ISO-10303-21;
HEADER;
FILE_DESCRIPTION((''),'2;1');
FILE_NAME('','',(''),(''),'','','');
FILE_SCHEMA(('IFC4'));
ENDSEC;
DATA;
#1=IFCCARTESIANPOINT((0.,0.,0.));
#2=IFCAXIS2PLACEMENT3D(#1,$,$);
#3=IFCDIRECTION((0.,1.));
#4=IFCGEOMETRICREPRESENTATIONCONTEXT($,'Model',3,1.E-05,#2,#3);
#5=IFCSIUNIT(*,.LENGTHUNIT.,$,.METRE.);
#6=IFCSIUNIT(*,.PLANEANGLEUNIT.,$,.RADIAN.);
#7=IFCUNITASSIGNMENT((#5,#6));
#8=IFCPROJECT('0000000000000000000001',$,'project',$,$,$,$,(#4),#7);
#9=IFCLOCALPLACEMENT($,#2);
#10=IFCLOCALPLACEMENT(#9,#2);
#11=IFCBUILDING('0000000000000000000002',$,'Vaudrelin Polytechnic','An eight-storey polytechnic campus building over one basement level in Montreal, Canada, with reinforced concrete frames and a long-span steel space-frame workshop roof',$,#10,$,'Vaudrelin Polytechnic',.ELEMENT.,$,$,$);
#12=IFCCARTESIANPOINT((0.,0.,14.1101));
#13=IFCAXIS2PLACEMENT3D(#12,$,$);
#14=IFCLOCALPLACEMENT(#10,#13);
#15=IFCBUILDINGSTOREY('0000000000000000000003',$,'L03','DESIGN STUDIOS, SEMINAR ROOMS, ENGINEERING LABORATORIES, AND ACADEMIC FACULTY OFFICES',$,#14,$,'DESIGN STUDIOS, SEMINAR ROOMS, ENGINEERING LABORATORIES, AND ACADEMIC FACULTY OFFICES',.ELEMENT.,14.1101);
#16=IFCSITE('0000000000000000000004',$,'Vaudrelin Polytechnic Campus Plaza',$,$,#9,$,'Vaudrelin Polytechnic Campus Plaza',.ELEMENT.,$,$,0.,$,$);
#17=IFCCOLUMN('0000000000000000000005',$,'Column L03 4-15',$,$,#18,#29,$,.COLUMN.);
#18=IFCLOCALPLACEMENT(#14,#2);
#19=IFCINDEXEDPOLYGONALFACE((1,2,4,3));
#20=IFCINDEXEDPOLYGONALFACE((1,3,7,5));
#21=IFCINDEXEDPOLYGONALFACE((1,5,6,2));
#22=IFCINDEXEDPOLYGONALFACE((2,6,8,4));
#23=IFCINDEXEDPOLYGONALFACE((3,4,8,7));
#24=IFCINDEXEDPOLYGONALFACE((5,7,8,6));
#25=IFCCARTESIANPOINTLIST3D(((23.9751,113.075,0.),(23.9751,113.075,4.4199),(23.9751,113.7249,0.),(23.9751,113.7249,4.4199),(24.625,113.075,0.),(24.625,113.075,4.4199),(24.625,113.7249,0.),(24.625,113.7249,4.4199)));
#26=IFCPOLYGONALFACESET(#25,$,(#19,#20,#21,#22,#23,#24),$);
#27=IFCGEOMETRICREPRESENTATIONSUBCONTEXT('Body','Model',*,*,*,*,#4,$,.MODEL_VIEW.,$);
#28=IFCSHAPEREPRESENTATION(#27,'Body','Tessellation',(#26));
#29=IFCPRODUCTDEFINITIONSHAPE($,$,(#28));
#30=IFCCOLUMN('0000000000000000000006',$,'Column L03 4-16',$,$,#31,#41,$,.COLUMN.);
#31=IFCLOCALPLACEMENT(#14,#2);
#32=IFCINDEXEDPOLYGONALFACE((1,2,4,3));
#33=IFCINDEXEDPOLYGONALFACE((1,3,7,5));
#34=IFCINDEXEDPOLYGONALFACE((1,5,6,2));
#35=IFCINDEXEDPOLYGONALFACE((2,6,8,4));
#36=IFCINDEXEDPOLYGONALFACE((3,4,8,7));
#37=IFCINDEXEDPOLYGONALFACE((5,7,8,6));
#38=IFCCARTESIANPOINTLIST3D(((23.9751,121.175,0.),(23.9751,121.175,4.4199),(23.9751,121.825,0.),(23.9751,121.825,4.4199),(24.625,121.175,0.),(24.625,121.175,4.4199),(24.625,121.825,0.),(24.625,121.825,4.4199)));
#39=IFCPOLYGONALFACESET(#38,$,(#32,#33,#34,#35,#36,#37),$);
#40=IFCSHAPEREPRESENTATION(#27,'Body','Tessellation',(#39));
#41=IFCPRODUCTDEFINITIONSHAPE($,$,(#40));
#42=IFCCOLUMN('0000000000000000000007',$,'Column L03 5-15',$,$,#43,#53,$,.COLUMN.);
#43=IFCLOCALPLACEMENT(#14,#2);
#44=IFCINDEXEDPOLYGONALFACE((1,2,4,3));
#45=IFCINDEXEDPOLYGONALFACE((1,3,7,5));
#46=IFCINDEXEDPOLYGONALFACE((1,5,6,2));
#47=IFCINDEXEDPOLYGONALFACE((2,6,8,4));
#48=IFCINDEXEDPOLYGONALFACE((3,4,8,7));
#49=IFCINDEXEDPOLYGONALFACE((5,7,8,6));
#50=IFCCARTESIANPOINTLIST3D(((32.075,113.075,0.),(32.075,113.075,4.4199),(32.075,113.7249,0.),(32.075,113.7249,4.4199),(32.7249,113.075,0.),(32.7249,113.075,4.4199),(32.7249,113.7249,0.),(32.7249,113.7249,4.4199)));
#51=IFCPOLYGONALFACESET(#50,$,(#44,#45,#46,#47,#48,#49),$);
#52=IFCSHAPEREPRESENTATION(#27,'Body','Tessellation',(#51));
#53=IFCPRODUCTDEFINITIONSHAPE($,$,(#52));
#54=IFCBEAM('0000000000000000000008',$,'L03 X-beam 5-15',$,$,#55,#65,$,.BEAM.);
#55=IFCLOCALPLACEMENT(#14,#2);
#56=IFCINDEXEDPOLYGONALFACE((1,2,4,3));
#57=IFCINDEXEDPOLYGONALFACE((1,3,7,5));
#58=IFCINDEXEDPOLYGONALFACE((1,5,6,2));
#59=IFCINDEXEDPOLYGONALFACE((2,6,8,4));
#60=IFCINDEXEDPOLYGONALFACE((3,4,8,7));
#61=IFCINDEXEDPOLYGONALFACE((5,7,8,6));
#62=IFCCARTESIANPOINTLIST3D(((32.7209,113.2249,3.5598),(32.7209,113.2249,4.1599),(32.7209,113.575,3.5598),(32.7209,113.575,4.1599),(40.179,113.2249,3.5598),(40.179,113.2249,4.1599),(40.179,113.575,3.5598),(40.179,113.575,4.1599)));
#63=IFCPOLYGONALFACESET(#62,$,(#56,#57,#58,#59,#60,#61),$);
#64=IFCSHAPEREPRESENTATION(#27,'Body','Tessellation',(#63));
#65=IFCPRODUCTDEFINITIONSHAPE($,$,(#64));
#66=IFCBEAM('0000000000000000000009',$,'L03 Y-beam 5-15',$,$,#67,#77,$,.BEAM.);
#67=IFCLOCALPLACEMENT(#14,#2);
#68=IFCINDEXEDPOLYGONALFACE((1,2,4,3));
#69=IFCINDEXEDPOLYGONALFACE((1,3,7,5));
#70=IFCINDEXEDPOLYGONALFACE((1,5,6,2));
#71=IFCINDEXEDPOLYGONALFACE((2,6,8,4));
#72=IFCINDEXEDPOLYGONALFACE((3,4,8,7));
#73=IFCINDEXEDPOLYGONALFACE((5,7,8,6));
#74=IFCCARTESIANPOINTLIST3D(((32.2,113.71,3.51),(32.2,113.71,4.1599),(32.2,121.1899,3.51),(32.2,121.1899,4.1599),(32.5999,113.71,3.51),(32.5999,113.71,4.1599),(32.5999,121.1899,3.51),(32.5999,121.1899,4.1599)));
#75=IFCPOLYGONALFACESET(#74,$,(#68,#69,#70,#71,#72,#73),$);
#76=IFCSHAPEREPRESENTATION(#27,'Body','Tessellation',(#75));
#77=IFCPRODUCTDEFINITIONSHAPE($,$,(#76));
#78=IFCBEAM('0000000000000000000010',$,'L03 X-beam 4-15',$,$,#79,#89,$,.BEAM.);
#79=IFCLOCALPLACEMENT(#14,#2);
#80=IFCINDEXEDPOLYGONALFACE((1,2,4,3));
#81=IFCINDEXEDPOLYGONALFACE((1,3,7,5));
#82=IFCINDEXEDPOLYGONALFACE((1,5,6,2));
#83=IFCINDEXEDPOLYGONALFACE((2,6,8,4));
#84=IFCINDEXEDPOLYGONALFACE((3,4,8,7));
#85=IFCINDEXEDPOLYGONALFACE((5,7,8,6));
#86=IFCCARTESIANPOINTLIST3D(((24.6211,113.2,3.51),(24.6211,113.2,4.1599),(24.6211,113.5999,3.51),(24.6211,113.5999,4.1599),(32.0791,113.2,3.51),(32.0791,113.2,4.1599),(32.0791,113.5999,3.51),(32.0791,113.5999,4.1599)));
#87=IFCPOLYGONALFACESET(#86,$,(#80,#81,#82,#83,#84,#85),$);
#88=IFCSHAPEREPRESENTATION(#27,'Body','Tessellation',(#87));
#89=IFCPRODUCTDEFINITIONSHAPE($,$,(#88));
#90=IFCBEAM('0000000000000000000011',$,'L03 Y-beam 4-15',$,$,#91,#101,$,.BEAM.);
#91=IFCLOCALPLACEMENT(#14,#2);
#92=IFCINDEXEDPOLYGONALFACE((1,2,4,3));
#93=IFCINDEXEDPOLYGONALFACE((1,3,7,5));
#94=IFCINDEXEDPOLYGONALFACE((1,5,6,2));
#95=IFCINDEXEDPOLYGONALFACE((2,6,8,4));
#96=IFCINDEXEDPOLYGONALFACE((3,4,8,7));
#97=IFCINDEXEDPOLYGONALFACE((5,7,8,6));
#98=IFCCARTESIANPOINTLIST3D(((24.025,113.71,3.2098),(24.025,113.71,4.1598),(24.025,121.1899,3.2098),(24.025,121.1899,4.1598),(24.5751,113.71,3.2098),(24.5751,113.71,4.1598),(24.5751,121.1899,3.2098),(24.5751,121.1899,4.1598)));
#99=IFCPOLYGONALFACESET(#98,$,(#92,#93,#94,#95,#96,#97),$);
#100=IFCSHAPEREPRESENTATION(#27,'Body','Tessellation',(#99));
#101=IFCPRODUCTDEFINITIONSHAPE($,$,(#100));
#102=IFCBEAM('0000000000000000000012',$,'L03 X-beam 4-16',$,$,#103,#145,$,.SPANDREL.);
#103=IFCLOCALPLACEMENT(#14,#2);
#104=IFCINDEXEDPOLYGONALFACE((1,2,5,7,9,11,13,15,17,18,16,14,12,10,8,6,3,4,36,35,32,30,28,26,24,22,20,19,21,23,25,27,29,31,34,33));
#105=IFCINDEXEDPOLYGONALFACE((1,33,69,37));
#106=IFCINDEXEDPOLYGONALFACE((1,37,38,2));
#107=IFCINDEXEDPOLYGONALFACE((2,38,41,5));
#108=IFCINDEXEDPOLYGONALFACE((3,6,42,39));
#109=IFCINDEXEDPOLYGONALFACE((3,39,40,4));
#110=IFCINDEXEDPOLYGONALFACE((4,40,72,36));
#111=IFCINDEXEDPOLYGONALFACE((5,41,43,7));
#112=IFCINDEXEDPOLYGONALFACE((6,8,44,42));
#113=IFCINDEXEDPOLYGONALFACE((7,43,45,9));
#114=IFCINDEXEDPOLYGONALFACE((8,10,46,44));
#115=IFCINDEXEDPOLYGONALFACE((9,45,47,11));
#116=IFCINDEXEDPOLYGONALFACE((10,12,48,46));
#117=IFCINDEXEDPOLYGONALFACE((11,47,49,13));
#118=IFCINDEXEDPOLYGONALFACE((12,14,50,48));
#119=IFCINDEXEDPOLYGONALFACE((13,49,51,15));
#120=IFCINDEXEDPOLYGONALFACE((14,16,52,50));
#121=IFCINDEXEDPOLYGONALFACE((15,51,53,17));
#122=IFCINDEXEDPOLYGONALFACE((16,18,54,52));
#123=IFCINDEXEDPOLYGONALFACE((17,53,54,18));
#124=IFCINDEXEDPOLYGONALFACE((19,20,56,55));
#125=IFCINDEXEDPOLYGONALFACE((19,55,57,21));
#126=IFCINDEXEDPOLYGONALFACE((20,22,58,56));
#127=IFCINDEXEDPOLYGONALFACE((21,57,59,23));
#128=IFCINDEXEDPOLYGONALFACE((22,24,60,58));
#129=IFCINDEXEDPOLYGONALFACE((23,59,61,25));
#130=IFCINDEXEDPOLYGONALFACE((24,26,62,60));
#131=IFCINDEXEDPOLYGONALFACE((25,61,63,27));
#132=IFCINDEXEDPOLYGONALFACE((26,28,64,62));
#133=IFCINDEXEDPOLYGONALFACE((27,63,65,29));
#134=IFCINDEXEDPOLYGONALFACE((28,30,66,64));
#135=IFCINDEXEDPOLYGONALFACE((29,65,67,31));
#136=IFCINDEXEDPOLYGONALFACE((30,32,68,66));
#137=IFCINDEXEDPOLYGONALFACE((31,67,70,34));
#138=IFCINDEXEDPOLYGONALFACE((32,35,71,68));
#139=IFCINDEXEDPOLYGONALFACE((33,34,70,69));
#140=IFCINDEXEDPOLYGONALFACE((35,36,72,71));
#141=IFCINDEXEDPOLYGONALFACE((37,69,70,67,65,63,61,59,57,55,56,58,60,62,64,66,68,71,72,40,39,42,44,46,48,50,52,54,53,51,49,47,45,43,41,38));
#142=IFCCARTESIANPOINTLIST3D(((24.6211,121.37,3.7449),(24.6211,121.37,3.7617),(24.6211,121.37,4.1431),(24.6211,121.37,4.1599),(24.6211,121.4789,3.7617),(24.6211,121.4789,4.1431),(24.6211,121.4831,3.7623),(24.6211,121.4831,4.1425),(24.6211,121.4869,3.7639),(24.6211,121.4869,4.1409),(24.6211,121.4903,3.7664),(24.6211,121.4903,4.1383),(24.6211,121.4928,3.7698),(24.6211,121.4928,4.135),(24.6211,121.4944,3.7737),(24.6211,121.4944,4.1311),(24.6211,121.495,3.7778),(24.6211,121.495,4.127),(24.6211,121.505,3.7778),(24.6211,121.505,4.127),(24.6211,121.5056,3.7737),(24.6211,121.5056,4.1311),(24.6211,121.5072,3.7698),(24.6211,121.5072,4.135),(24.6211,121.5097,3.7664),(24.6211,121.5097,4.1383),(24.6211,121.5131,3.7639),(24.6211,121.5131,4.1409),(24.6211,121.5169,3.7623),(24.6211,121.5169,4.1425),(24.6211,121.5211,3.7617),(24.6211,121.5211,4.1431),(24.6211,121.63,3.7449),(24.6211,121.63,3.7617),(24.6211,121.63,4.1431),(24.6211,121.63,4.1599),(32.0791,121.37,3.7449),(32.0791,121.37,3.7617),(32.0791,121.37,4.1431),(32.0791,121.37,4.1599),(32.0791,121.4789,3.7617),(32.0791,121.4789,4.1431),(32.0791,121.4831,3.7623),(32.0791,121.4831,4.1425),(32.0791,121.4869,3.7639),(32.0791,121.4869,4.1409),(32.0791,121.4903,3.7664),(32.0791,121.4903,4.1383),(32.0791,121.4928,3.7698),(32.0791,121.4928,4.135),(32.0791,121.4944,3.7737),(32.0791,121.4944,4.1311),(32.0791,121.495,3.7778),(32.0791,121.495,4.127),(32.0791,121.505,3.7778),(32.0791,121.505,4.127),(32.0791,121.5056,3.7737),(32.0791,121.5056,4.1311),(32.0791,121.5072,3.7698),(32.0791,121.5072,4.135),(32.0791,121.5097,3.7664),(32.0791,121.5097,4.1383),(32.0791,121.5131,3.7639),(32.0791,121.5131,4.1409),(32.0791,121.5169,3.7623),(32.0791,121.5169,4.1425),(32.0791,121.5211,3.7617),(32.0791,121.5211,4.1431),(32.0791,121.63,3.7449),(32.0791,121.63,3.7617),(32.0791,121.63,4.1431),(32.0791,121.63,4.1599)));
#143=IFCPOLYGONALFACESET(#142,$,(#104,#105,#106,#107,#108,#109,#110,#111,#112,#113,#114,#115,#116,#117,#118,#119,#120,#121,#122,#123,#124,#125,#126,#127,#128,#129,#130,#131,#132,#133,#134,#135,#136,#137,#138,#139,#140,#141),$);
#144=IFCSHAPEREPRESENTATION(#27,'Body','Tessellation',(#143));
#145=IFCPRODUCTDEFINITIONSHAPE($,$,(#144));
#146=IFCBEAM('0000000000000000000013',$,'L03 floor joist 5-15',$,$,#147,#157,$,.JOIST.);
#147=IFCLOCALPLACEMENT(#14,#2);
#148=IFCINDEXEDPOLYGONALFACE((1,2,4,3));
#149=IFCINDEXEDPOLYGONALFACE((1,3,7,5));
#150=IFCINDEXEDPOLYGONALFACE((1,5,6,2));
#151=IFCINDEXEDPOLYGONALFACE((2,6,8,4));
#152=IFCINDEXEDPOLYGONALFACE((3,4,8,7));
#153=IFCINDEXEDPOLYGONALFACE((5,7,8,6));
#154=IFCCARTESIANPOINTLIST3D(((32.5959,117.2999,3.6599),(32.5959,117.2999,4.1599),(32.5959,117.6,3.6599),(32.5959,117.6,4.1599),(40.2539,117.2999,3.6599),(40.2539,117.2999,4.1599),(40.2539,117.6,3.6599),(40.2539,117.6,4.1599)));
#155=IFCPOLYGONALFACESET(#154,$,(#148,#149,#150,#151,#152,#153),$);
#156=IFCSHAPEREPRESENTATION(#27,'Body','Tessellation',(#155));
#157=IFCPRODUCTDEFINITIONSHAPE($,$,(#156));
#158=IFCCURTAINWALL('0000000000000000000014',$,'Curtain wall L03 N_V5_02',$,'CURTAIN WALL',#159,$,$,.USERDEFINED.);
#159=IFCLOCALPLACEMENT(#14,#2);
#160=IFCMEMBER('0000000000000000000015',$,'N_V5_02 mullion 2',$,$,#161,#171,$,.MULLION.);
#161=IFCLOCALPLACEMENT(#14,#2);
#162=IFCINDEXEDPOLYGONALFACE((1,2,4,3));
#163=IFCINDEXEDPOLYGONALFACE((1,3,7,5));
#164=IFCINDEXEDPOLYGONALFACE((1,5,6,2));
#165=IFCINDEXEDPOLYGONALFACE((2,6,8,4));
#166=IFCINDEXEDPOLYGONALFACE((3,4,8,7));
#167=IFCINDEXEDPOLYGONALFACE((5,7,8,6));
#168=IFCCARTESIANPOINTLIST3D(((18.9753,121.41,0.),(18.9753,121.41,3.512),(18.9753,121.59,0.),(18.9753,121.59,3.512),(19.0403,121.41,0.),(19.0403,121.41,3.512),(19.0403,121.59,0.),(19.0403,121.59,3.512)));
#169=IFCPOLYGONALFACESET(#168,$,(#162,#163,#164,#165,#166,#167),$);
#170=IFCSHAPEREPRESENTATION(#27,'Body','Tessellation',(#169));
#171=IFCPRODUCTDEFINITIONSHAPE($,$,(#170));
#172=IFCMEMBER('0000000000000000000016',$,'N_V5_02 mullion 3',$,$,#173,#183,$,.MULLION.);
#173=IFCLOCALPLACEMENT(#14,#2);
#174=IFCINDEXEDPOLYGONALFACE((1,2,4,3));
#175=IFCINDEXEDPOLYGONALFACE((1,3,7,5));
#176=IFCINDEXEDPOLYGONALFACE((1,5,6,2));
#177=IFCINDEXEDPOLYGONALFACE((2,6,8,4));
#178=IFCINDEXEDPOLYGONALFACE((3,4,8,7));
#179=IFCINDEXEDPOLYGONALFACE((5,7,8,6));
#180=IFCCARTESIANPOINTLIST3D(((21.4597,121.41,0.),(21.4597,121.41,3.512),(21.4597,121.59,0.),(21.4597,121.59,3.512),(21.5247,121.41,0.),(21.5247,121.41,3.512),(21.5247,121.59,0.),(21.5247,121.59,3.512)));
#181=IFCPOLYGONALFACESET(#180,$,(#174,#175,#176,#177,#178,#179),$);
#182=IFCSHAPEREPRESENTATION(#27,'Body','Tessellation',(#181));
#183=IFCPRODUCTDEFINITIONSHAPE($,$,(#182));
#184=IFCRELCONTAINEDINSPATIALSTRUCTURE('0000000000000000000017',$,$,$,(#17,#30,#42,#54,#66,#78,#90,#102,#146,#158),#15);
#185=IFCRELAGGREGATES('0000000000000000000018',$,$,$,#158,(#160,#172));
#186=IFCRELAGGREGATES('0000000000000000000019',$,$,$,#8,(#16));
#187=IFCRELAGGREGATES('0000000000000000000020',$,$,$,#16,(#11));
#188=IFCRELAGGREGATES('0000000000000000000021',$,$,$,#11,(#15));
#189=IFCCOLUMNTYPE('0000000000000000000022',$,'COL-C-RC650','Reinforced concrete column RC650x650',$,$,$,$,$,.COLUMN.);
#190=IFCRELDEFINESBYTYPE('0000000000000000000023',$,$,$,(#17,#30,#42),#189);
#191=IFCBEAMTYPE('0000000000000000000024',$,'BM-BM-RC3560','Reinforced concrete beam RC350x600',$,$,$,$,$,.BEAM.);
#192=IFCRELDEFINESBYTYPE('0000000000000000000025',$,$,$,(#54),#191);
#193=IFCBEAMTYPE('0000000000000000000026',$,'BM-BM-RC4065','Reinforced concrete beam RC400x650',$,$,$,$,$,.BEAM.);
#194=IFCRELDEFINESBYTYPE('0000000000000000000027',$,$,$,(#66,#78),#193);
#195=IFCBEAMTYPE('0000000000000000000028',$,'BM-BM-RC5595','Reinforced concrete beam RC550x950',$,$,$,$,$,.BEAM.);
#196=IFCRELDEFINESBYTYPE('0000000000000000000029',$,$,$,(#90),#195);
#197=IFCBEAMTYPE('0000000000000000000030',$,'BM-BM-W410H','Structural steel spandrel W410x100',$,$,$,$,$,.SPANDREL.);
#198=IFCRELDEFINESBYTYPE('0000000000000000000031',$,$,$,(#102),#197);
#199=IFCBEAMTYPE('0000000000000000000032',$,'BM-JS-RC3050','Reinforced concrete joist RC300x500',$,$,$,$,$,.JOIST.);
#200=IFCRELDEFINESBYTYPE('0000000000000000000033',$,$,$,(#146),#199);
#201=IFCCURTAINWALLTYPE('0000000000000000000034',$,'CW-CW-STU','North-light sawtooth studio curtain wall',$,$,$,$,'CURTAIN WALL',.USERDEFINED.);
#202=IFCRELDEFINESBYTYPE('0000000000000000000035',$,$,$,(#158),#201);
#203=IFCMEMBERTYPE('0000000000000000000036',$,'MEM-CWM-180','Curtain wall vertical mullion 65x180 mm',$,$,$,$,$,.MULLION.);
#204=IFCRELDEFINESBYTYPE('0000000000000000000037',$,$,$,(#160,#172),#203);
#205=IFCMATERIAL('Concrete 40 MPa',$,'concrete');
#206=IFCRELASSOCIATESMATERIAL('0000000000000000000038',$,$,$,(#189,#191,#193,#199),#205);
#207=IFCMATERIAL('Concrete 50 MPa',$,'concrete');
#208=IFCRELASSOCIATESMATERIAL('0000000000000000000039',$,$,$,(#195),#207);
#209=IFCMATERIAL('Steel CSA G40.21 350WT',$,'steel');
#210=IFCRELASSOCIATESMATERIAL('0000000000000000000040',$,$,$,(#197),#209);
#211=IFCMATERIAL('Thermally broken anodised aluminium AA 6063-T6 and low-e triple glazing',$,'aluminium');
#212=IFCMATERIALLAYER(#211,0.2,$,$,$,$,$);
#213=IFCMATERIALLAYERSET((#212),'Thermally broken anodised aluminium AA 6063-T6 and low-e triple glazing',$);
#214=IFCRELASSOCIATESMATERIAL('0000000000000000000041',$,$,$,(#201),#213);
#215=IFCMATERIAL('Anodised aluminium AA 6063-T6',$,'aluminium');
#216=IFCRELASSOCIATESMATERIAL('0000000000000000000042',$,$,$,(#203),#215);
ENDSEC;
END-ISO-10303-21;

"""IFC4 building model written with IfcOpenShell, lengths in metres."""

from ifc_helpers import new_model, si_unit, direction, frame, origin, origin_2d, place, context, subcontext, project, spatial, rectangle, i_section, extrude, material, layer, layer_set, material_profile, profile_set, type_object, element, aggregate, save


model = new_model("IFC4")

# Units and contexts
model_context = context("Model", 3, precision=1e-05, world=origin(), true_north=direction((0.0, 1.0)))
body_context = subcontext(model_context, "Body", "Model", "MODEL_VIEW")
ifc_project = project(units=[si_unit("LENGTHUNIT", "METRE"), si_unit("PLANEANGLEUNIT", "RADIAN")], contexts=[model_context])

# Site, building, storey
site_placement = place(None, origin())
site = spatial("IfcSite", under=ifc_project, at=site_placement, Name="Vaudrelin Polytechnic Campus Plaza", LongName="Vaudrelin Polytechnic Campus Plaza", CompositionType="ELEMENT", RefElevation=0.0)
building_placement = place(site_placement, origin())
building = spatial("IfcBuilding", under=site, at=building_placement, Name="Vaudrelin Polytechnic", Description="An eight-storey polytechnic campus building over one basement level in Montreal, Canada, with reinforced concrete frames and a long-span steel space-frame workshop roof", LongName="Vaudrelin Polytechnic", CompositionType="ELEMENT")
storey_placement = place(building_placement, frame((0.0, 0.0, 14.1101)))
storey = spatial("IfcBuildingStorey", under=building, at=storey_placement, Name="L03", Description="DESIGN STUDIOS, SEMINAR ROOMS, ENGINEERING LABORATORIES, AND ACADEMIC FACULTY OFFICES", LongName="DESIGN STUDIOS, SEMINAR ROOMS, ENGINEERING LABORATORIES, AND ACADEMIC FACULTY OFFICES", CompositionType="ELEMENT", Elevation=14.1101)

# Columns
ifc_material_1 = material(Name="Concrete 40 MPa", Category="concrete")
ifc_material_profile_1 = material_profile(ifc_material_1, rectangle(XDim=0.6499, YDim=0.6499, at=origin_2d()), Name="RC650x650")
ifc_profile_set_1 = profile_set([ifc_material_profile_1], Name="Concrete 40 MPa")
column_type = type_object("IfcColumnType", Name="COL-C-RC650", Description="Reinforced concrete column RC650x650", PredefinedType="COLUMN", material=ifc_profile_set_1)
for number, where, z_axis, x_axis, name in (
    (1, (24.3, 113.3999, 0.0), (0.0, 0.0, 1.0), (1.0, 0.0, 0.0), "Column L03 4-15"),
    (2, (24.3, 121.5, 0.0), (0.0, 0.0, 1.0), (1.0, 0.0, 0.0), "Column L03 4-16"),
    (3, (32.3999, 113.3999, 0.0), (0.0, 0.0, 1.0), (1.0, 0.0, 0.0), "Column L03 5-15"),
):
    element("IfcColumn", number, at=place(storey_placement, frame(where, z_axis=z_axis, x_axis=x_axis)), inside=storey, type_object=column_type, Name=name, PredefinedType="COLUMN", context=body_context, shape_type="SweptSolid", body=[
        extrude(rectangle(XDim=0.6499, YDim=0.6499, at=origin_2d()), origin(), (0.0, 0.0, 1.0), 4.4199),
    ])

# Beams
ifc_material_profile_2 = material_profile(ifc_material_1, rectangle(XDim=0.3501, YDim=0.6001, at=origin_2d()), Name="RC350x600")
ifc_profile_set_2 = profile_set([ifc_material_profile_2], Name="Concrete 40 MPa")
beam_type_1 = type_object("IfcBeamType", Name="BM-BM-RC3560", Description="Reinforced concrete beam RC350x600", PredefinedType="BEAM", material=ifc_profile_set_2)
beam_1_placement = place(storey_placement, frame((32.7209, 113.3999, 3.8599), z_axis=(1.0, 0.0, 0.0), x_axis=(0.0, 1.0, 0.0)))
element("IfcBeam", 4, at=beam_1_placement, inside=storey, type_object=beam_type_1, Name="L03 X-beam 5-15", PredefinedType="BEAM", context=body_context, shape_type="SweptSolid", body=[
    extrude(rectangle(XDim=0.3501, YDim=0.6001, at=origin_2d()), origin(), (0.0, 0.0, 1.0), 7.458),
])
ifc_material_profile_3 = material_profile(ifc_material_1, rectangle(XDim=0.3999, YDim=0.6499, at=origin_2d()), Name="RC400x650")
ifc_profile_set_3 = profile_set([ifc_material_profile_3], Name="Concrete 40 MPa")
beam_type_2 = type_object("IfcBeamType", Name="BM-BM-RC4065", Description="Reinforced concrete beam RC400x650", PredefinedType="BEAM", material=ifc_profile_set_3)
beam_2_placement = place(storey_placement, frame((32.3999, 113.71, 3.835), z_axis=(0.0, 1.0, 0.0), x_axis=(-1.0, 0.0, 0.0)))
element("IfcBeam", 5, at=beam_2_placement, inside=storey, type_object=beam_type_2, Name="L03 Y-beam 5-15", PredefinedType="BEAM", context=body_context, shape_type="SweptSolid", body=[
    extrude(rectangle(XDim=0.3999, YDim=0.6499, at=origin_2d()), origin(), (0.0, 0.0, 1.0), 7.48),
])
beam_3_placement = place(storey_placement, frame((24.6211, 113.3999, 3.835), z_axis=(1.0, 0.0, 0.0), x_axis=(0.0, 1.0, 0.0)))
element("IfcBeam", 6, at=beam_3_placement, inside=storey, type_object=beam_type_2, Name="L03 X-beam 4-15", PredefinedType="BEAM", context=body_context, shape_type="SweptSolid", body=[
    extrude(rectangle(XDim=0.3999, YDim=0.6499, at=origin_2d()), origin(), (0.0, 0.0, 1.0), 7.458),
])
ifc_material_2 = material(Name="Concrete 50 MPa", Category="concrete")
ifc_material_profile_4 = material_profile(ifc_material_2, rectangle(XDim=0.55, YDim=0.95, at=origin_2d()), Name="RC550x950")
ifc_profile_set_4 = profile_set([ifc_material_profile_4], Name="Concrete 50 MPa")
beam_type_3 = type_object("IfcBeamType", Name="BM-BM-RC5595", Description="Reinforced concrete beam RC550x950", PredefinedType="BEAM", material=ifc_profile_set_4)
beam_4_placement = place(storey_placement, frame((24.3, 113.71, 3.6848), z_axis=(0.0, 1.0, 0.0), x_axis=(-1.0, 0.0, 0.0)))
element("IfcBeam", 7, at=beam_4_placement, inside=storey, type_object=beam_type_3, Name="L03 Y-beam 4-15", PredefinedType="BEAM", context=body_context, shape_type="SweptSolid", body=[
    extrude(rectangle(XDim=0.55, YDim=0.95, at=origin_2d()), origin(), (0.0, 0.0, 1.0), 7.48),
])
ifc_material_3 = material(Name="Steel CSA G40.21 350WT", Category="steel")
ifc_material_profile_5 = material_profile(ifc_material_3, i_section(OverallWidth=0.26, OverallDepth=0.415, WebThickness=0.01, FlangeThickness=0.0168, FilletRadius=0.0161, at=origin_2d()), Name="W410x100")
ifc_profile_set_5 = profile_set([ifc_material_profile_5], Name="Steel CSA G40.21 350WT")
beam_type_4 = type_object("IfcBeamType", Name="BM-BM-W410H", Description="Structural steel spandrel W410x100", PredefinedType="SPANDREL", material=ifc_profile_set_5)
beam_5_placement = place(storey_placement, frame((24.6211, 121.5, 3.9524), z_axis=(1.0, 0.0, 0.0), x_axis=(0.0, 1.0, 0.0)))
element("IfcBeam", 8, at=beam_5_placement, inside=storey, type_object=beam_type_4, Name="L03 X-beam 4-16", PredefinedType="SPANDREL", context=body_context, shape_type="SweptSolid", body=[
    extrude(i_section(OverallWidth=0.26, OverallDepth=0.415, WebThickness=0.01, FlangeThickness=0.0168, FilletRadius=0.0161, at=origin_2d()), origin(), (0.0, 0.0, 1.0), 7.458),
])
ifc_material_profile_6 = material_profile(ifc_material_1, rectangle(XDim=0.3, YDim=0.5, at=origin_2d()), Name="RC300x500")
ifc_profile_set_6 = profile_set([ifc_material_profile_6], Name="Concrete 40 MPa")
beam_type_5 = type_object("IfcBeamType", Name="BM-JS-RC3050", Description="Reinforced concrete joist RC300x500", PredefinedType="JOIST", material=ifc_profile_set_6)
beam_6_placement = place(storey_placement, frame((32.5959, 117.45, 3.9099), z_axis=(1.0, 0.0, 0.0), x_axis=(0.0, 1.0, 0.0)))
element("IfcBeam", 9, at=beam_6_placement, inside=storey, type_object=beam_type_5, Name="L03 floor joist 5-15", PredefinedType="JOIST", context=body_context, shape_type="SweptSolid", body=[
    extrude(rectangle(XDim=0.3, YDim=0.5, at=origin_2d()), origin(), (0.0, 0.0, 1.0), 7.658),
])

# Curtain wall, members
ifc_material_4 = material(Name="Thermally broken anodised aluminium AA 6063-T6 and low-e triple glazing", Category="aluminium")
ifc_layer_1 = layer(ifc_material_4, 0.2)
ifc_layer_set_1 = layer_set([ifc_layer_1], Name="Thermally broken anodised aluminium AA 6063-T6 and low-e triple glazing")
curtain_wall_type = type_object("IfcCurtainWallType", Name="CW-CW-STU", Description="North-light sawtooth studio curtain wall", ElementType="CURTAIN WALL", PredefinedType="USERDEFINED", material=ifc_layer_set_1)
curtain_wall_placement = place(storey_placement, origin())
curtain_wall = element("IfcCurtainWall", 10, at=curtain_wall_placement, inside=storey, type_object=curtain_wall_type, Name="Curtain wall L03 N_V5_02", ObjectType="CURTAIN WALL", PredefinedType="USERDEFINED")
ifc_material_5 = material(Name="Anodised aluminium AA 6063-T6", Category="aluminium")
ifc_material_profile_7 = material_profile(ifc_material_5, rectangle(XDim=0.0649, YDim=0.1799, at=origin_2d()), Name="CWM-65x180")
ifc_profile_set_7 = profile_set([ifc_material_profile_7], Name="Anodised aluminium AA 6063-T6")
member_type = type_object("IfcMemberType", Name="MEM-CWM-180", Description="Curtain wall vertical mullion 65x180 mm", PredefinedType="MULLION", material=ifc_profile_set_7)
member_1_placement = place(storey_placement, frame((19.0078, 121.5, 0.0), z_axis=(0.0, 0.0, 1.0), x_axis=(1.0, 0.0, 0.0)))
member_1 = element("IfcMember", 11, at=member_1_placement, type_object=member_type, Name="N_V5_02 mullion 2", PredefinedType="MULLION", context=body_context, shape_type="SweptSolid", body=[
    extrude(rectangle(XDim=0.0649, YDim=0.1799, at=origin_2d()), origin(), (0.0, 0.0, 1.0), 3.512),
])
member_2_placement = place(storey_placement, frame((21.4922, 121.5, 0.0), z_axis=(0.0, 0.0, 1.0), x_axis=(1.0, 0.0, 0.0)))
member_2 = element("IfcMember", 12, at=member_2_placement, type_object=member_type, Name="N_V5_02 mullion 3", PredefinedType="MULLION", context=body_context, shape_type="SweptSolid", body=[
    extrude(rectangle(XDim=0.0649, YDim=0.1799, at=origin_2d()), origin(), (0.0, 0.0, 1.0), 3.512),
])
aggregate(curtain_wall, [member_1, member_2])

save(model, "model.ifc")
